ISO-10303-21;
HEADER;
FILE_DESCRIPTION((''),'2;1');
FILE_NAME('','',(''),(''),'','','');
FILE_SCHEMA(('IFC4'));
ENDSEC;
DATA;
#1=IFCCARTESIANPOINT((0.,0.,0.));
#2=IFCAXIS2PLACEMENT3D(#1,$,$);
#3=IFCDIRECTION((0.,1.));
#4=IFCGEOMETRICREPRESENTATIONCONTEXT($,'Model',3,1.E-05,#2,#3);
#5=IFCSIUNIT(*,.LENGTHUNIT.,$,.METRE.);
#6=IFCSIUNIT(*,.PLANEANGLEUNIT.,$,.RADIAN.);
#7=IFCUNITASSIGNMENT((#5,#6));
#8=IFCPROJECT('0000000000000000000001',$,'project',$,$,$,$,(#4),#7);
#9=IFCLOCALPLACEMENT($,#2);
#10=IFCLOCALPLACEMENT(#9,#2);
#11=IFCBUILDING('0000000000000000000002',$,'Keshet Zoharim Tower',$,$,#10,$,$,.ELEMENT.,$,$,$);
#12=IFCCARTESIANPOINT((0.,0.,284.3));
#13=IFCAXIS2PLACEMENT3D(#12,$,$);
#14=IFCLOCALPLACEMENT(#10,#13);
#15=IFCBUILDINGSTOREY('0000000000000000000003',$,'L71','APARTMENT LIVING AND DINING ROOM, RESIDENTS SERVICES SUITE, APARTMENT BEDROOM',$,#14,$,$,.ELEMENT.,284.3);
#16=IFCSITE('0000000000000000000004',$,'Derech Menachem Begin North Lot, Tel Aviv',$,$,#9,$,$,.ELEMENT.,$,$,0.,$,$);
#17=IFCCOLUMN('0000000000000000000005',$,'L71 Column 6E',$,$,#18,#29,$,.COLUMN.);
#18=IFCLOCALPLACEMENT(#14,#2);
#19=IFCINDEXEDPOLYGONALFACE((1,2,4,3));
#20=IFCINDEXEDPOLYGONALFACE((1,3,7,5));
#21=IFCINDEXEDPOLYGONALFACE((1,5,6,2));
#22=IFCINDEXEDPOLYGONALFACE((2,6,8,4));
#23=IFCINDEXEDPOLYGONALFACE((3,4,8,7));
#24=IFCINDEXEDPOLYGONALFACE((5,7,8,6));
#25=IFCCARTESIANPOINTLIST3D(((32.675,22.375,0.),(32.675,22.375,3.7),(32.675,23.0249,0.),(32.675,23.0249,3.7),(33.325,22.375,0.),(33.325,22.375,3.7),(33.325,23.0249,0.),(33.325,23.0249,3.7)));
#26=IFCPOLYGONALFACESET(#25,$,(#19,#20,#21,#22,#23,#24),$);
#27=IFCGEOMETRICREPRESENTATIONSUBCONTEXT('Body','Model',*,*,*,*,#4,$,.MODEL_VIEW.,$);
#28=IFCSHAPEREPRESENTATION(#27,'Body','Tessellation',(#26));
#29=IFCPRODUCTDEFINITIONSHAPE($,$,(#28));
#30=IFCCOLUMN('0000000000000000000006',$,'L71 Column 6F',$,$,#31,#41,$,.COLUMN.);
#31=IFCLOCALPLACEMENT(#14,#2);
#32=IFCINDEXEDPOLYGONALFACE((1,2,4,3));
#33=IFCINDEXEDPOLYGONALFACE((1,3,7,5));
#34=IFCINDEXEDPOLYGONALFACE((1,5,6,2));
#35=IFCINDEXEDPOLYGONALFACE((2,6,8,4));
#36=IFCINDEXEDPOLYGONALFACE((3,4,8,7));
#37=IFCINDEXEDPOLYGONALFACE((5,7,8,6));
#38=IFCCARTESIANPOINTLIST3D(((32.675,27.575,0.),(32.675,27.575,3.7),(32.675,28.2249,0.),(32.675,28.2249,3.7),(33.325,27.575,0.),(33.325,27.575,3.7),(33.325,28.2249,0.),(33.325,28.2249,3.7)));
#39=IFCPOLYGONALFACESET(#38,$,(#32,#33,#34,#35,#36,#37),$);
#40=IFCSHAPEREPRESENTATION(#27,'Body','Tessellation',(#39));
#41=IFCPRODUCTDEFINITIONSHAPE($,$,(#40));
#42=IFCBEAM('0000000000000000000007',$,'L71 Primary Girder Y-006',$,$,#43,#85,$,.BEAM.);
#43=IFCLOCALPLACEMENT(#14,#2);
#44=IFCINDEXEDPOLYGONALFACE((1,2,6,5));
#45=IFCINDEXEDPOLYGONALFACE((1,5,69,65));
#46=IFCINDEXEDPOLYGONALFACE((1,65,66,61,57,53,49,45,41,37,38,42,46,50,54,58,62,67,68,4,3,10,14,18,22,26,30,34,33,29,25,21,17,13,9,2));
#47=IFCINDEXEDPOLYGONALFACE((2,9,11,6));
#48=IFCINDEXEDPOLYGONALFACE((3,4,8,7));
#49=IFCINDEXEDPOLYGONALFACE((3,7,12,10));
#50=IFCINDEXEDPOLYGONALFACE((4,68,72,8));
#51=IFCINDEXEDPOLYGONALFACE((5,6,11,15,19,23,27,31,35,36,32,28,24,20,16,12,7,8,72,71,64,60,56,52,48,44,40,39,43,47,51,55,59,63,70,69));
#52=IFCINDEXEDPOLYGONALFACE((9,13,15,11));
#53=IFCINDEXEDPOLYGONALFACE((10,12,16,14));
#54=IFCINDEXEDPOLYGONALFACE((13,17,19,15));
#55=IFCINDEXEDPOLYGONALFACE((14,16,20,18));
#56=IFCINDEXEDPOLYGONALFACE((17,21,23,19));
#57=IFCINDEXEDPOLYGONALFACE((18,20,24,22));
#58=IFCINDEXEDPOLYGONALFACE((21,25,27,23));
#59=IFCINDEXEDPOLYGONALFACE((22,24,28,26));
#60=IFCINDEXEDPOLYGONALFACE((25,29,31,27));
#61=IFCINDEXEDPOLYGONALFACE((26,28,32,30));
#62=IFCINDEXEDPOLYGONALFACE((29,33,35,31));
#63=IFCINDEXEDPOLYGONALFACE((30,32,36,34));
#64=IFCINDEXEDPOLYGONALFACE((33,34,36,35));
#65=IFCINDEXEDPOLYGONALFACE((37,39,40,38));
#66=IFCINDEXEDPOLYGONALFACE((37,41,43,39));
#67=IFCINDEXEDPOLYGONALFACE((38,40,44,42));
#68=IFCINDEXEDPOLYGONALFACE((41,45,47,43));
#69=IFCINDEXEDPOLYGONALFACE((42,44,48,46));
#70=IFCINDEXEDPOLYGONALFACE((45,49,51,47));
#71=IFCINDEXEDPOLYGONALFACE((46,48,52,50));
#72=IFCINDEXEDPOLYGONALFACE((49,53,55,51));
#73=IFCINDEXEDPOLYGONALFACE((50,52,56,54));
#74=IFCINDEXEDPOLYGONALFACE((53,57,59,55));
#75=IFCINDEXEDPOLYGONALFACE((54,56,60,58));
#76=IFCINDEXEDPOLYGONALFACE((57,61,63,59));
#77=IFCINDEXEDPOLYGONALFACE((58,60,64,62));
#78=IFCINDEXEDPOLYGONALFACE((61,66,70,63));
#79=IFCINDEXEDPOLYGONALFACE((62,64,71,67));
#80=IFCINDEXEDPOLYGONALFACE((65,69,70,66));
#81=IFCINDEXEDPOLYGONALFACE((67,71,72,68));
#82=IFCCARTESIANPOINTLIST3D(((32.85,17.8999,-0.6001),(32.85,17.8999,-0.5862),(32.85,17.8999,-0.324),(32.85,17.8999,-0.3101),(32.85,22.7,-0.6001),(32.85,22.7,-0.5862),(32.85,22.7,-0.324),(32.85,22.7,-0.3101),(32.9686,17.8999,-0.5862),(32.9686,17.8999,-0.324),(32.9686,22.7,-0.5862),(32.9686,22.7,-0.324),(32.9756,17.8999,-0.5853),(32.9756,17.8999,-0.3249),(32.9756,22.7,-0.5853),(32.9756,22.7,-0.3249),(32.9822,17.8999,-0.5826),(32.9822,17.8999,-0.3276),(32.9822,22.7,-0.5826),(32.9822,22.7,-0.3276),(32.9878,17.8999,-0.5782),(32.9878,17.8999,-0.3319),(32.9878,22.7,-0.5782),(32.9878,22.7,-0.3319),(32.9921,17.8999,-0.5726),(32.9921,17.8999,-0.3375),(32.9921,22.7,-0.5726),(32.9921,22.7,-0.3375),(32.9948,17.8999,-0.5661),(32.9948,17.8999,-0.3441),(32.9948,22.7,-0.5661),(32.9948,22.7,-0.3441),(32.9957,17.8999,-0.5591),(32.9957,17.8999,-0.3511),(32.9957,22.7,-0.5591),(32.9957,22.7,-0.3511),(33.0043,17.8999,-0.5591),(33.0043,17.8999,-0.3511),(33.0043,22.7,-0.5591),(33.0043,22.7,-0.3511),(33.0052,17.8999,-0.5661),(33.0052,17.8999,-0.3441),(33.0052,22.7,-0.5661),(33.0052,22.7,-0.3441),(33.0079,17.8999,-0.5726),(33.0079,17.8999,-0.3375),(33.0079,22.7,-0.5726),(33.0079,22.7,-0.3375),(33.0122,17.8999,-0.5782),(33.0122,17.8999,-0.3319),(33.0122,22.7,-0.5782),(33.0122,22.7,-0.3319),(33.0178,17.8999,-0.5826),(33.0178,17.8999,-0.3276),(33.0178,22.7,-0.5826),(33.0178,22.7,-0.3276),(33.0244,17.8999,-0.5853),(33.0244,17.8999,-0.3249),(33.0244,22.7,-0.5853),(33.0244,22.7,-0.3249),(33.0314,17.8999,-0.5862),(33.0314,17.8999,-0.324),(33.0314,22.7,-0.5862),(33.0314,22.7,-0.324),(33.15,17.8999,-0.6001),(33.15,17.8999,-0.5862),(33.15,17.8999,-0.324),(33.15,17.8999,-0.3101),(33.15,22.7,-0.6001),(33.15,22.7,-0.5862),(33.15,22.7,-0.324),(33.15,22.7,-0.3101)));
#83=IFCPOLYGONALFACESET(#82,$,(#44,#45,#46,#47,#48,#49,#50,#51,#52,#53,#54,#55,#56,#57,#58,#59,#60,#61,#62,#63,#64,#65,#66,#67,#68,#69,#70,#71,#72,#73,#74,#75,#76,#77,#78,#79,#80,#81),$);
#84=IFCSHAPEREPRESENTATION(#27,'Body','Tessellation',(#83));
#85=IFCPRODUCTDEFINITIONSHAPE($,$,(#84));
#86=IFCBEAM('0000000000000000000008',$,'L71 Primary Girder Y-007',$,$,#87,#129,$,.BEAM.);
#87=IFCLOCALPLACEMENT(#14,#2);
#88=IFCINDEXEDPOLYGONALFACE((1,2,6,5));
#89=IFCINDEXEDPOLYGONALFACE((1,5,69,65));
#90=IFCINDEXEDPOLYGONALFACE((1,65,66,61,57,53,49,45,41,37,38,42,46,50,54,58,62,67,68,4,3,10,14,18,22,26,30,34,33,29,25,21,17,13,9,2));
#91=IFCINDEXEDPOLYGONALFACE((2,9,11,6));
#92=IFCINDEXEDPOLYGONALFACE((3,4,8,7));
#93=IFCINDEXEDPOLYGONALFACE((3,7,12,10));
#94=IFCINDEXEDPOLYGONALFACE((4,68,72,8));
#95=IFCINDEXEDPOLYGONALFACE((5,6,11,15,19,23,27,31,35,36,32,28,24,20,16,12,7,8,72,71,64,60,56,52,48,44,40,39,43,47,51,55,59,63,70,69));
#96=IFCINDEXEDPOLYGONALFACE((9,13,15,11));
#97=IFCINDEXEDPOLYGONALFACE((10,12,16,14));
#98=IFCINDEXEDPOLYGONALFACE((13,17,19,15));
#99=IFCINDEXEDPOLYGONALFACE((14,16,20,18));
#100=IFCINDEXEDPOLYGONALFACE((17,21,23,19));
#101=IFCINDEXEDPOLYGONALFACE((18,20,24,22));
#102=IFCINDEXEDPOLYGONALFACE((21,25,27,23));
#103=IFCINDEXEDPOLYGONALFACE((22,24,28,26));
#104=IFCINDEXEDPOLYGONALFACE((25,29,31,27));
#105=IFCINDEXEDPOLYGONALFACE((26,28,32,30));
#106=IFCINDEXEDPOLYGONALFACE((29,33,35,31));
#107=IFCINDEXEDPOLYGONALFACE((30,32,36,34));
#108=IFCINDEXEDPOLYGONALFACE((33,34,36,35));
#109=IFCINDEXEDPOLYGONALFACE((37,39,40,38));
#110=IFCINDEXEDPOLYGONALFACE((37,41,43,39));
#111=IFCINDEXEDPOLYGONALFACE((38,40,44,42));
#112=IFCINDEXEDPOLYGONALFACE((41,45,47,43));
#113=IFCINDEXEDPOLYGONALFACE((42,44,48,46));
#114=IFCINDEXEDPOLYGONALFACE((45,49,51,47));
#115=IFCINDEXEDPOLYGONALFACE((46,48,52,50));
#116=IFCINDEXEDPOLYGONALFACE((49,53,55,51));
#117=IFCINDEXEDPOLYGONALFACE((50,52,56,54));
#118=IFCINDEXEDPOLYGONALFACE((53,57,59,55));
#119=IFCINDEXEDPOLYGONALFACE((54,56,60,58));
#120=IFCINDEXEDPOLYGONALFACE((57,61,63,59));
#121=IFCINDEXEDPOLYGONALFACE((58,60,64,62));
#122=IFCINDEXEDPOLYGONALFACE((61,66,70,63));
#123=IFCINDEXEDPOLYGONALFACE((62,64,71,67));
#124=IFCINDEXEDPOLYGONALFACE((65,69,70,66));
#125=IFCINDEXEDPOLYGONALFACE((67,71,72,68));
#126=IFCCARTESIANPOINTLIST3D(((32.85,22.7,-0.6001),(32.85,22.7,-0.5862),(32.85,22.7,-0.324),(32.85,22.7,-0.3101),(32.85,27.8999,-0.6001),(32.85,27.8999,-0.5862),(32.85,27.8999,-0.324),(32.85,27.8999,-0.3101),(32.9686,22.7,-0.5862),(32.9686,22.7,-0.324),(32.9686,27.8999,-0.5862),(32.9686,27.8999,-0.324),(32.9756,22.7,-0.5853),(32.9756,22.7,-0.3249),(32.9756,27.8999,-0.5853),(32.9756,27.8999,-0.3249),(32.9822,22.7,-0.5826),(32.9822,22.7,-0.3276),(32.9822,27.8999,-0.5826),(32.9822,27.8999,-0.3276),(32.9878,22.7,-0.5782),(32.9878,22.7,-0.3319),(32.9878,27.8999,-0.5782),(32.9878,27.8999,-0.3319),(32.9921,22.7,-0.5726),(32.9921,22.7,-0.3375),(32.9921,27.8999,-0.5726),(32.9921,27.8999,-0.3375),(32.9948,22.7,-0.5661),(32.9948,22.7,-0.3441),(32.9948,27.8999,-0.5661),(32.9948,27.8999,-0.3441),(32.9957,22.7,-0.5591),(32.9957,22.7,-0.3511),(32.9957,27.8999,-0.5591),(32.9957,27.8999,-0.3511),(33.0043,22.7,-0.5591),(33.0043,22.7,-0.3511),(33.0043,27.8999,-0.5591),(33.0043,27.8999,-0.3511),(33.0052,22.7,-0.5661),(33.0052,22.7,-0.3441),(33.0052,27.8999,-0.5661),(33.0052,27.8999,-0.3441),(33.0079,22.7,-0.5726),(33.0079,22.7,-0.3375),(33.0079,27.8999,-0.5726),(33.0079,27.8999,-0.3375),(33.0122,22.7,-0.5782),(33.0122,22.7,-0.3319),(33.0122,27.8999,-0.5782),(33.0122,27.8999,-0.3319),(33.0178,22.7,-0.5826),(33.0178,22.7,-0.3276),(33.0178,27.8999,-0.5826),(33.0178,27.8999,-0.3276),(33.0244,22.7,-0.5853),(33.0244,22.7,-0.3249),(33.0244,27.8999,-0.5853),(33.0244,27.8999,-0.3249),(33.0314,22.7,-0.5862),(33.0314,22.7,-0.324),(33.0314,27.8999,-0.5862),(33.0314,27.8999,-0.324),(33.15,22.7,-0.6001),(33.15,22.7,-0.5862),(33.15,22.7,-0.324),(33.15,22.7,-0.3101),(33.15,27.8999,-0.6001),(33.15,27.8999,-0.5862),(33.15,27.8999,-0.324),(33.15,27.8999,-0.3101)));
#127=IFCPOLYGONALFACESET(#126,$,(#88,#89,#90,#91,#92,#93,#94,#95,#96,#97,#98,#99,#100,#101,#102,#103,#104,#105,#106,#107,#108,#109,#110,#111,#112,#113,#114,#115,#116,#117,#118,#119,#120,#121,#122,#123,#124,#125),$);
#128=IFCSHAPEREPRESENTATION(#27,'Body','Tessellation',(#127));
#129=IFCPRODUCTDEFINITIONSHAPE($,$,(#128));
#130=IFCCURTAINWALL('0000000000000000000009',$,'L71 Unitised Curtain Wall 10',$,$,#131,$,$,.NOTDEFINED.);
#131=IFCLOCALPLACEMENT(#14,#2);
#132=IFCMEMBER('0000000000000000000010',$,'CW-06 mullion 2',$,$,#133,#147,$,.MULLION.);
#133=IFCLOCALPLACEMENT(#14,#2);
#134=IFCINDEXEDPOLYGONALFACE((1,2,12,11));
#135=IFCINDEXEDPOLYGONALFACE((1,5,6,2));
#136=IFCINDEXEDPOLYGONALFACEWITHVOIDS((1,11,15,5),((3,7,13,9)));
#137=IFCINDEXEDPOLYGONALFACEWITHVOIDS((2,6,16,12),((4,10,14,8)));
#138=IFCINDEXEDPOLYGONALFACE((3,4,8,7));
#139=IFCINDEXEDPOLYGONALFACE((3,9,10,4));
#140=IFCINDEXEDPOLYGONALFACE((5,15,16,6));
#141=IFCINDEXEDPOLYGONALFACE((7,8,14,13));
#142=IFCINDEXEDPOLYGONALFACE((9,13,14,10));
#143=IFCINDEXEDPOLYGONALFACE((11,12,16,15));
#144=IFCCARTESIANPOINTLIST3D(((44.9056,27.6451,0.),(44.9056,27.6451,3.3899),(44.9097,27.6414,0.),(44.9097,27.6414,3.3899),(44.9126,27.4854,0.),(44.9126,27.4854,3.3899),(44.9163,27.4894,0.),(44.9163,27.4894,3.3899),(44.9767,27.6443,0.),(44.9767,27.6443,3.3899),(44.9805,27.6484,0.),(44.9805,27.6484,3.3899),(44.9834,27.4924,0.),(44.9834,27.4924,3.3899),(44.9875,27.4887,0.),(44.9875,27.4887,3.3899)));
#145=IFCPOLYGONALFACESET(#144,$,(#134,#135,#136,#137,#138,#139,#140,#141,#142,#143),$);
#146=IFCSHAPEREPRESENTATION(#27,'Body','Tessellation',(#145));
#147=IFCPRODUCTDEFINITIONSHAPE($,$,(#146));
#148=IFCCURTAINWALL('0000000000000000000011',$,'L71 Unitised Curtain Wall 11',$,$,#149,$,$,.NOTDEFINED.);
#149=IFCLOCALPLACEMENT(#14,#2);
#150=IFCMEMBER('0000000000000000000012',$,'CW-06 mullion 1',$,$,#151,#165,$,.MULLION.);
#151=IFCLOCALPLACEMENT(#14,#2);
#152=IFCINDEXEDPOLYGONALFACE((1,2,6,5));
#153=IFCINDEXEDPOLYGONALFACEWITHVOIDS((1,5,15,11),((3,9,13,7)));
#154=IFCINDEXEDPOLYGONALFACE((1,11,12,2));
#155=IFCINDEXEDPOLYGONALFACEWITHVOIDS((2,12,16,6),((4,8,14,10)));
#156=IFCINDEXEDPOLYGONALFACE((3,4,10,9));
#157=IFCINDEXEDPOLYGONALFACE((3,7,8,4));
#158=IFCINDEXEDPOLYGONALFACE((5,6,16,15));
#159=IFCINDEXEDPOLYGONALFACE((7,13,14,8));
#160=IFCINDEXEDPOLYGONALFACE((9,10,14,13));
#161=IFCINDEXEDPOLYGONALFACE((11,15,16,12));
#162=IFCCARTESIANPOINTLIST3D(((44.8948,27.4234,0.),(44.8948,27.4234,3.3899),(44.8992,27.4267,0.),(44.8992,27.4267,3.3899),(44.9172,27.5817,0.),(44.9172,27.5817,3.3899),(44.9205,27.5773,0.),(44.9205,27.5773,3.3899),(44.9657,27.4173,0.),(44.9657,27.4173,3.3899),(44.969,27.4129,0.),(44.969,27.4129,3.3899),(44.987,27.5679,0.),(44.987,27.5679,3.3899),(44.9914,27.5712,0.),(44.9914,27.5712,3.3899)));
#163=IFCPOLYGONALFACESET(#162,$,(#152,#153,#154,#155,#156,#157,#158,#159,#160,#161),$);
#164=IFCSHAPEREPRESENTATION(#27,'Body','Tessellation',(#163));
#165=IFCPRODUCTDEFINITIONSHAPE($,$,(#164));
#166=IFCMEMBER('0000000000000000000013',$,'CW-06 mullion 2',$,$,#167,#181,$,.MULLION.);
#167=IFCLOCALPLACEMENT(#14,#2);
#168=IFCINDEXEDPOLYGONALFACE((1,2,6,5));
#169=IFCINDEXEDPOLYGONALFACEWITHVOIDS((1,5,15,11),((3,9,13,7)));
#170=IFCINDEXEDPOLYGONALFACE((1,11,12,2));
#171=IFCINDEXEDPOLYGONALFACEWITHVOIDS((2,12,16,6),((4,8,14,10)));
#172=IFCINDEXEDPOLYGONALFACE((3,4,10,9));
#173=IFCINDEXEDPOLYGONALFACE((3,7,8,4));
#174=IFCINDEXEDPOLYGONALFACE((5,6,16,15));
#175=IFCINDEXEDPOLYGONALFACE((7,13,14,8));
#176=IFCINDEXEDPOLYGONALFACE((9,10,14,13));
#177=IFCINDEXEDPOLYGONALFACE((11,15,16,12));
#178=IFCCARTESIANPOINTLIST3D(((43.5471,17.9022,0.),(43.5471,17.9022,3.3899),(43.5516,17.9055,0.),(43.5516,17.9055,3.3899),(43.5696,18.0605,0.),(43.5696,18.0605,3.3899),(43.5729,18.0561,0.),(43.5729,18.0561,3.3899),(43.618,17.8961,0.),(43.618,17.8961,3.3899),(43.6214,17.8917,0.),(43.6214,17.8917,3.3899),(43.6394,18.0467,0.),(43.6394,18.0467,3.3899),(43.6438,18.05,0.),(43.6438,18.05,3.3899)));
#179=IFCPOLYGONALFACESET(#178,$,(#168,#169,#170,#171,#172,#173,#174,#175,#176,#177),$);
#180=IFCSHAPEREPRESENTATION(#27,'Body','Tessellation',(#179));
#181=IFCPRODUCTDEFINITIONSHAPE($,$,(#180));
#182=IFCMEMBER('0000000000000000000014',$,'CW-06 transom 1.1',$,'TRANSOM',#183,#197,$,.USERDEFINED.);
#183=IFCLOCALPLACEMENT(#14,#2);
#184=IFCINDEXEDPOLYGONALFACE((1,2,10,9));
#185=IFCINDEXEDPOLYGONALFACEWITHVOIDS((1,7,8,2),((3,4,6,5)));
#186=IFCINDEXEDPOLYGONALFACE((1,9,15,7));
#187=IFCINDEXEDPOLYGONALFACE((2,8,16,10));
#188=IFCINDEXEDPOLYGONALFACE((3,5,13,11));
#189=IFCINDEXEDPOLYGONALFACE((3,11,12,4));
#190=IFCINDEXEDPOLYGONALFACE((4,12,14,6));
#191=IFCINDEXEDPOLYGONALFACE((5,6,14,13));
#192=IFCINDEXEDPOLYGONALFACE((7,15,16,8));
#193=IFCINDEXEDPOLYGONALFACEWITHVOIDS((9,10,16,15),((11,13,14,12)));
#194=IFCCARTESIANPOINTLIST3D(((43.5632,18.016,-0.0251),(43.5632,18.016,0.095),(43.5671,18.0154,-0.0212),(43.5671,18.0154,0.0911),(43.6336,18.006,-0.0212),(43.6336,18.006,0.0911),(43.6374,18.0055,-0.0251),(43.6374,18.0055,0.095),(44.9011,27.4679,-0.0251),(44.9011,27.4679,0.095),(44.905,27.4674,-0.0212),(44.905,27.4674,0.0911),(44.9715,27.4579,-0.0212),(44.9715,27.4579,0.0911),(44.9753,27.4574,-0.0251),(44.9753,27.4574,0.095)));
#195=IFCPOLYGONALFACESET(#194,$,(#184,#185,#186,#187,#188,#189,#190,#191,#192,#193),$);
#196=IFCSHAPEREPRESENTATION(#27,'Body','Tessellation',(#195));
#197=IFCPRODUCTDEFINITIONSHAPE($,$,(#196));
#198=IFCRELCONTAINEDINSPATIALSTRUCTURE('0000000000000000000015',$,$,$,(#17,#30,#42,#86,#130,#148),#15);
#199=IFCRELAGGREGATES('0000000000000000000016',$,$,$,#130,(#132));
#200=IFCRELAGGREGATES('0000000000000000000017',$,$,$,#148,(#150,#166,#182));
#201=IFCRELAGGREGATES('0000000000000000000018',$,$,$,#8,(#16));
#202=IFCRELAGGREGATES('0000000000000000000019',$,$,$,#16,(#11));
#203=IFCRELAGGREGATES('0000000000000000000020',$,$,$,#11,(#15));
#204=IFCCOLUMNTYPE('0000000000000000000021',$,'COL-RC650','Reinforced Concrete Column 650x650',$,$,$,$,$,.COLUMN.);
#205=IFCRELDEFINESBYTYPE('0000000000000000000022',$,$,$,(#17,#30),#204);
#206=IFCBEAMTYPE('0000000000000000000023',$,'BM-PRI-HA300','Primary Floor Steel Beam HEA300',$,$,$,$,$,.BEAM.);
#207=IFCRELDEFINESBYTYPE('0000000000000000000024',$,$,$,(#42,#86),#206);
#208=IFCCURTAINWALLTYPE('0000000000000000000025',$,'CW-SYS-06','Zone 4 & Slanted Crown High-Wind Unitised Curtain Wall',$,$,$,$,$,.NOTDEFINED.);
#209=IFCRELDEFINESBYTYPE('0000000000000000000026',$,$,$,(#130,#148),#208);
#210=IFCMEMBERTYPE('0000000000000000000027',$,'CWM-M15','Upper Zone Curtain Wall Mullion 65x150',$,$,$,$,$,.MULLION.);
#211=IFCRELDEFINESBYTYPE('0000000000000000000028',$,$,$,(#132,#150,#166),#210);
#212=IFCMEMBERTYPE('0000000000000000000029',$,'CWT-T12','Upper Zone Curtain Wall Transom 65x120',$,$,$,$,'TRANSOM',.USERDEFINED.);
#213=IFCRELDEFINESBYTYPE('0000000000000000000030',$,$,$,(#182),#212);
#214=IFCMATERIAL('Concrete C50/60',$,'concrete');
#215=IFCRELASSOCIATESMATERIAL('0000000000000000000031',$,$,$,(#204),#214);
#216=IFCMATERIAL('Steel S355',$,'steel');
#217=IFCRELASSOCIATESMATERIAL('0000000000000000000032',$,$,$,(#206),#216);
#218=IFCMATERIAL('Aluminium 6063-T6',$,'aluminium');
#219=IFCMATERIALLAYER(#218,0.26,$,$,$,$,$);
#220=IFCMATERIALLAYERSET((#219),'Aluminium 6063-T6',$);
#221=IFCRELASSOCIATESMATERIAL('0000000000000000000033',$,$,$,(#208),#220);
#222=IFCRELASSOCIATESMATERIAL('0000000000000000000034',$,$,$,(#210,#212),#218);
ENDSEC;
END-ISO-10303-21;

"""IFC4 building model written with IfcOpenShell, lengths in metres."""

from ifc_helpers import new_model, si_unit, direction, frame, origin, origin_2d, place, context, subcontext, project, spatial, rectangle, hollow_rectangle, i_section, extrude, material, layer, layer_set, material_profile, profile_set, type_object, element, aggregate, save


model = new_model("IFC4")

# Units and contexts
model_context = context("Model", 3, precision=1e-05, world=origin(), true_north=direction((0.0, 1.0)))
body_context = subcontext(model_context, "Body", "Model", "MODEL_VIEW")
ifc_project = project(units=[si_unit("LENGTHUNIT", "METRE"), si_unit("PLANEANGLEUNIT", "RADIAN")], contexts=[model_context])

# Site, building, storey
site_placement = place(None, origin())
site = spatial("IfcSite", under=ifc_project, at=site_placement, Name="Derech Menachem Begin North Lot, Tel Aviv", CompositionType="ELEMENT", RefElevation=0.0)
building_placement = place(site_placement, origin())
building = spatial("IfcBuilding", under=site, at=building_placement, Name="Keshet Zoharim Tower", CompositionType="ELEMENT")
storey_placement = place(building_placement, frame((0.0, 0.0, 284.3)))
storey = spatial("IfcBuildingStorey", under=building, at=storey_placement, Name="L71", Description="APARTMENT LIVING AND DINING ROOM, RESIDENTS SERVICES SUITE, APARTMENT BEDROOM", CompositionType="ELEMENT", Elevation=284.3)

# Columns
ifc_material_1 = material(Name="Concrete C50/60", Category="concrete")
ifc_material_profile_1 = material_profile(ifc_material_1, rectangle(XDim=0.6499, YDim=0.6499, at=origin_2d()), Name="RC650x650")
ifc_profile_set_1 = profile_set([ifc_material_profile_1], Name="Concrete C50/60")
column_type = type_object("IfcColumnType", Name="COL-RC650", Description="Reinforced Concrete Column 650x650", PredefinedType="COLUMN", material=ifc_profile_set_1)
for number, where, z_axis, x_axis, name in (
    (1, (33.0, 22.7, 0.0), (0.0, 0.0, 1.0), (1.0, 0.0, 0.0), "L71 Column 6E"),
    (2, (33.0, 27.8999, 0.0), (0.0, 0.0, 1.0), (1.0, 0.0, 0.0), "L71 Column 6F"),
):
    element("IfcColumn", number, at=place(storey_placement, frame(where, z_axis=z_axis, x_axis=x_axis)), inside=storey, type_object=column_type, Name=name, PredefinedType="COLUMN", context=body_context, shape_type="SweptSolid", body=[
        extrude(rectangle(XDim=0.6499, YDim=0.6499, at=origin_2d()), origin(), (0.0, 0.0, 1.0), 3.7),
    ])

# Beams
ifc_material_2 = material(Name="Steel S355", Category="steel")
ifc_material_profile_2 = material_profile(ifc_material_2, i_section(OverallWidth=0.3, OverallDepth=0.29, WebThickness=0.0085, FlangeThickness=0.0139, FilletRadius=0.0271, at=origin_2d()), Name="HEA300")
ifc_profile_set_2 = profile_set([ifc_material_profile_2], Name="Steel S355")
beam_type = type_object("IfcBeamType", Name="BM-PRI-HA300", Description="Primary Floor Steel Beam HEA300", PredefinedType="BEAM", material=ifc_profile_set_2)
beam_1_placement = place(storey_placement, frame((33.0, 17.8999, -0.4551), z_axis=(0.0, 1.0, 0.0), x_axis=(-1.0, 0.0, 0.0)))
element("IfcBeam", 3, at=beam_1_placement, inside=storey, type_object=beam_type, Name="L71 Primary Girder Y-006", PredefinedType="BEAM", context=body_context, shape_type="SweptSolid", body=[
    extrude(i_section(OverallWidth=0.3, OverallDepth=0.29, WebThickness=0.0085, FlangeThickness=0.0139, FilletRadius=0.0271, at=origin_2d()), origin(), (0.0, 0.0, 1.0), 4.8),
])
beam_2_placement = place(storey_placement, frame((33.0, 22.7, -0.4551), z_axis=(0.0, 1.0, 0.0), x_axis=(-1.0, 0.0, 0.0)))
element("IfcBeam", 4, at=beam_2_placement, inside=storey, type_object=beam_type, Name="L71 Primary Girder Y-007", PredefinedType="BEAM", context=body_context, shape_type="SweptSolid", body=[
    extrude(i_section(OverallWidth=0.3, OverallDepth=0.29, WebThickness=0.0085, FlangeThickness=0.0139, FilletRadius=0.0271, at=origin_2d()), origin(), (0.0, 0.0, 1.0), 5.2),
])

# Curtain wall, member
ifc_material_3 = material(Name="Aluminium 6063-T6", Category="aluminium")
ifc_layer_1 = layer(ifc_material_3, 0.26)
ifc_layer_set_1 = layer_set([ifc_layer_1], Name="Aluminium 6063-T6")
curtain_wall_type = type_object("IfcCurtainWallType", Name="CW-SYS-06", Description="Zone 4 & Slanted Crown High-Wind Unitised Curtain Wall", PredefinedType="NOTDEFINED", material=ifc_layer_set_1)
curtain_wall_1_placement = place(storey_placement, origin())
curtain_wall_1 = element("IfcCurtainWall", 5, at=curtain_wall_1_placement, inside=storey, type_object=curtain_wall_type, Name="L71 Unitised Curtain Wall 10", PredefinedType="NOTDEFINED")
ifc_material_profile_3 = material_profile(ifc_material_3, hollow_rectangle(XDim=0.075, YDim=0.1599, WallThickness=0.0039, at=origin_2d()), Name="MUL-75x160")
ifc_profile_set_3 = profile_set([ifc_material_profile_3], Name="Aluminium 6063-T6")
member_type_1 = type_object("IfcMemberType", Name="CWM-M15", Description="Upper Zone Curtain Wall Mullion 65x150", PredefinedType="MULLION", material=ifc_profile_set_3)
member_1_placement = place(storey_placement, frame((44.9465, 27.5669, 0.0), z_axis=(0.0, 0.0, 1.0), x_axis=(0.999041, 0.043794, 0.0)))
member_1 = element("IfcMember", 6, at=member_1_placement, type_object=member_type_1, Name="CW-06 mullion 2", PredefinedType="MULLION", context=body_context, shape_type="SweptSolid", body=[
    extrude(hollow_rectangle(XDim=0.075, YDim=0.1599, WallThickness=0.0039, at=origin_2d()), origin(), (0.0, 0.0, 1.0), 3.3899),
])

# Curtain wall, members
curtain_wall_2_placement = place(storey_placement, origin())
curtain_wall_2 = element("IfcCurtainWall", 7, at=curtain_wall_2_placement, inside=storey, type_object=curtain_wall_type, Name="L71 Unitised Curtain Wall 11", PredefinedType="NOTDEFINED")
member_2_placement = place(storey_placement, frame((44.9431, 27.4973, 0.0), z_axis=(0.0, 0.0, 1.0), x_axis=(0.990132, -0.140137, 0.0)))
member_2 = element("IfcMember", 8, at=member_2_placement, type_object=member_type_1, Name="CW-06 mullion 1", PredefinedType="MULLION", context=body_context, shape_type="SweptSolid", body=[
    extrude(hollow_rectangle(XDim=0.075, YDim=0.1599, WallThickness=0.0039, at=origin_2d()), origin(), (0.0, 0.0, 1.0), 3.3899),
])
member_3_placement = place(storey_placement, frame((43.5955, 17.9761, 0.0), z_axis=(0.0, 0.0, 1.0), x_axis=(0.990132, -0.140137, 0.0)))
member_3 = element("IfcMember", 9, at=member_3_placement, type_object=member_type_1, Name="CW-06 mullion 2", PredefinedType="MULLION", context=body_context, shape_type="SweptSolid", body=[
    extrude(hollow_rectangle(XDim=0.075, YDim=0.1599, WallThickness=0.0039, at=origin_2d()), origin(), (0.0, 0.0, 1.0), 3.3899),
])
ifc_material_profile_4 = material_profile(ifc_material_3, hollow_rectangle(XDim=0.075, YDim=0.1201, WallThickness=0.0039, at=origin_2d()), Name="TRN-75x120")
ifc_profile_set_4 = profile_set([ifc_material_profile_4], Name="Aluminium 6063-T6")
member_type_2 = type_object("IfcMemberType", Name="CWT-T12", Description="Upper Zone Curtain Wall Transom 65x120", ElementType="TRANSOM", PredefinedType="USERDEFINED", material=ifc_profile_set_4)
member_4_placement = place(storey_placement, frame((44.9382, 27.4626, 0.0349), z_axis=(-0.14015, -0.99013, 0.0), x_axis=(0.99013, -0.14015, 0.0)))
member_4 = element("IfcMember", 10, at=member_4_placement, type_object=member_type_2, Name="CW-06 transom 1.1", ObjectType="TRANSOM", PredefinedType="USERDEFINED", context=body_context, shape_type="SweptSolid", body=[
    extrude(hollow_rectangle(XDim=0.075, YDim=0.1201, WallThickness=0.0039, at=origin_2d()), origin(), (0.0, 0.0, 1.0), 9.5461),
])

aggregate(curtain_wall_1, [member_1])
aggregate(curtain_wall_2, [member_2, member_3, member_4])

save(model, "model.ifc")
